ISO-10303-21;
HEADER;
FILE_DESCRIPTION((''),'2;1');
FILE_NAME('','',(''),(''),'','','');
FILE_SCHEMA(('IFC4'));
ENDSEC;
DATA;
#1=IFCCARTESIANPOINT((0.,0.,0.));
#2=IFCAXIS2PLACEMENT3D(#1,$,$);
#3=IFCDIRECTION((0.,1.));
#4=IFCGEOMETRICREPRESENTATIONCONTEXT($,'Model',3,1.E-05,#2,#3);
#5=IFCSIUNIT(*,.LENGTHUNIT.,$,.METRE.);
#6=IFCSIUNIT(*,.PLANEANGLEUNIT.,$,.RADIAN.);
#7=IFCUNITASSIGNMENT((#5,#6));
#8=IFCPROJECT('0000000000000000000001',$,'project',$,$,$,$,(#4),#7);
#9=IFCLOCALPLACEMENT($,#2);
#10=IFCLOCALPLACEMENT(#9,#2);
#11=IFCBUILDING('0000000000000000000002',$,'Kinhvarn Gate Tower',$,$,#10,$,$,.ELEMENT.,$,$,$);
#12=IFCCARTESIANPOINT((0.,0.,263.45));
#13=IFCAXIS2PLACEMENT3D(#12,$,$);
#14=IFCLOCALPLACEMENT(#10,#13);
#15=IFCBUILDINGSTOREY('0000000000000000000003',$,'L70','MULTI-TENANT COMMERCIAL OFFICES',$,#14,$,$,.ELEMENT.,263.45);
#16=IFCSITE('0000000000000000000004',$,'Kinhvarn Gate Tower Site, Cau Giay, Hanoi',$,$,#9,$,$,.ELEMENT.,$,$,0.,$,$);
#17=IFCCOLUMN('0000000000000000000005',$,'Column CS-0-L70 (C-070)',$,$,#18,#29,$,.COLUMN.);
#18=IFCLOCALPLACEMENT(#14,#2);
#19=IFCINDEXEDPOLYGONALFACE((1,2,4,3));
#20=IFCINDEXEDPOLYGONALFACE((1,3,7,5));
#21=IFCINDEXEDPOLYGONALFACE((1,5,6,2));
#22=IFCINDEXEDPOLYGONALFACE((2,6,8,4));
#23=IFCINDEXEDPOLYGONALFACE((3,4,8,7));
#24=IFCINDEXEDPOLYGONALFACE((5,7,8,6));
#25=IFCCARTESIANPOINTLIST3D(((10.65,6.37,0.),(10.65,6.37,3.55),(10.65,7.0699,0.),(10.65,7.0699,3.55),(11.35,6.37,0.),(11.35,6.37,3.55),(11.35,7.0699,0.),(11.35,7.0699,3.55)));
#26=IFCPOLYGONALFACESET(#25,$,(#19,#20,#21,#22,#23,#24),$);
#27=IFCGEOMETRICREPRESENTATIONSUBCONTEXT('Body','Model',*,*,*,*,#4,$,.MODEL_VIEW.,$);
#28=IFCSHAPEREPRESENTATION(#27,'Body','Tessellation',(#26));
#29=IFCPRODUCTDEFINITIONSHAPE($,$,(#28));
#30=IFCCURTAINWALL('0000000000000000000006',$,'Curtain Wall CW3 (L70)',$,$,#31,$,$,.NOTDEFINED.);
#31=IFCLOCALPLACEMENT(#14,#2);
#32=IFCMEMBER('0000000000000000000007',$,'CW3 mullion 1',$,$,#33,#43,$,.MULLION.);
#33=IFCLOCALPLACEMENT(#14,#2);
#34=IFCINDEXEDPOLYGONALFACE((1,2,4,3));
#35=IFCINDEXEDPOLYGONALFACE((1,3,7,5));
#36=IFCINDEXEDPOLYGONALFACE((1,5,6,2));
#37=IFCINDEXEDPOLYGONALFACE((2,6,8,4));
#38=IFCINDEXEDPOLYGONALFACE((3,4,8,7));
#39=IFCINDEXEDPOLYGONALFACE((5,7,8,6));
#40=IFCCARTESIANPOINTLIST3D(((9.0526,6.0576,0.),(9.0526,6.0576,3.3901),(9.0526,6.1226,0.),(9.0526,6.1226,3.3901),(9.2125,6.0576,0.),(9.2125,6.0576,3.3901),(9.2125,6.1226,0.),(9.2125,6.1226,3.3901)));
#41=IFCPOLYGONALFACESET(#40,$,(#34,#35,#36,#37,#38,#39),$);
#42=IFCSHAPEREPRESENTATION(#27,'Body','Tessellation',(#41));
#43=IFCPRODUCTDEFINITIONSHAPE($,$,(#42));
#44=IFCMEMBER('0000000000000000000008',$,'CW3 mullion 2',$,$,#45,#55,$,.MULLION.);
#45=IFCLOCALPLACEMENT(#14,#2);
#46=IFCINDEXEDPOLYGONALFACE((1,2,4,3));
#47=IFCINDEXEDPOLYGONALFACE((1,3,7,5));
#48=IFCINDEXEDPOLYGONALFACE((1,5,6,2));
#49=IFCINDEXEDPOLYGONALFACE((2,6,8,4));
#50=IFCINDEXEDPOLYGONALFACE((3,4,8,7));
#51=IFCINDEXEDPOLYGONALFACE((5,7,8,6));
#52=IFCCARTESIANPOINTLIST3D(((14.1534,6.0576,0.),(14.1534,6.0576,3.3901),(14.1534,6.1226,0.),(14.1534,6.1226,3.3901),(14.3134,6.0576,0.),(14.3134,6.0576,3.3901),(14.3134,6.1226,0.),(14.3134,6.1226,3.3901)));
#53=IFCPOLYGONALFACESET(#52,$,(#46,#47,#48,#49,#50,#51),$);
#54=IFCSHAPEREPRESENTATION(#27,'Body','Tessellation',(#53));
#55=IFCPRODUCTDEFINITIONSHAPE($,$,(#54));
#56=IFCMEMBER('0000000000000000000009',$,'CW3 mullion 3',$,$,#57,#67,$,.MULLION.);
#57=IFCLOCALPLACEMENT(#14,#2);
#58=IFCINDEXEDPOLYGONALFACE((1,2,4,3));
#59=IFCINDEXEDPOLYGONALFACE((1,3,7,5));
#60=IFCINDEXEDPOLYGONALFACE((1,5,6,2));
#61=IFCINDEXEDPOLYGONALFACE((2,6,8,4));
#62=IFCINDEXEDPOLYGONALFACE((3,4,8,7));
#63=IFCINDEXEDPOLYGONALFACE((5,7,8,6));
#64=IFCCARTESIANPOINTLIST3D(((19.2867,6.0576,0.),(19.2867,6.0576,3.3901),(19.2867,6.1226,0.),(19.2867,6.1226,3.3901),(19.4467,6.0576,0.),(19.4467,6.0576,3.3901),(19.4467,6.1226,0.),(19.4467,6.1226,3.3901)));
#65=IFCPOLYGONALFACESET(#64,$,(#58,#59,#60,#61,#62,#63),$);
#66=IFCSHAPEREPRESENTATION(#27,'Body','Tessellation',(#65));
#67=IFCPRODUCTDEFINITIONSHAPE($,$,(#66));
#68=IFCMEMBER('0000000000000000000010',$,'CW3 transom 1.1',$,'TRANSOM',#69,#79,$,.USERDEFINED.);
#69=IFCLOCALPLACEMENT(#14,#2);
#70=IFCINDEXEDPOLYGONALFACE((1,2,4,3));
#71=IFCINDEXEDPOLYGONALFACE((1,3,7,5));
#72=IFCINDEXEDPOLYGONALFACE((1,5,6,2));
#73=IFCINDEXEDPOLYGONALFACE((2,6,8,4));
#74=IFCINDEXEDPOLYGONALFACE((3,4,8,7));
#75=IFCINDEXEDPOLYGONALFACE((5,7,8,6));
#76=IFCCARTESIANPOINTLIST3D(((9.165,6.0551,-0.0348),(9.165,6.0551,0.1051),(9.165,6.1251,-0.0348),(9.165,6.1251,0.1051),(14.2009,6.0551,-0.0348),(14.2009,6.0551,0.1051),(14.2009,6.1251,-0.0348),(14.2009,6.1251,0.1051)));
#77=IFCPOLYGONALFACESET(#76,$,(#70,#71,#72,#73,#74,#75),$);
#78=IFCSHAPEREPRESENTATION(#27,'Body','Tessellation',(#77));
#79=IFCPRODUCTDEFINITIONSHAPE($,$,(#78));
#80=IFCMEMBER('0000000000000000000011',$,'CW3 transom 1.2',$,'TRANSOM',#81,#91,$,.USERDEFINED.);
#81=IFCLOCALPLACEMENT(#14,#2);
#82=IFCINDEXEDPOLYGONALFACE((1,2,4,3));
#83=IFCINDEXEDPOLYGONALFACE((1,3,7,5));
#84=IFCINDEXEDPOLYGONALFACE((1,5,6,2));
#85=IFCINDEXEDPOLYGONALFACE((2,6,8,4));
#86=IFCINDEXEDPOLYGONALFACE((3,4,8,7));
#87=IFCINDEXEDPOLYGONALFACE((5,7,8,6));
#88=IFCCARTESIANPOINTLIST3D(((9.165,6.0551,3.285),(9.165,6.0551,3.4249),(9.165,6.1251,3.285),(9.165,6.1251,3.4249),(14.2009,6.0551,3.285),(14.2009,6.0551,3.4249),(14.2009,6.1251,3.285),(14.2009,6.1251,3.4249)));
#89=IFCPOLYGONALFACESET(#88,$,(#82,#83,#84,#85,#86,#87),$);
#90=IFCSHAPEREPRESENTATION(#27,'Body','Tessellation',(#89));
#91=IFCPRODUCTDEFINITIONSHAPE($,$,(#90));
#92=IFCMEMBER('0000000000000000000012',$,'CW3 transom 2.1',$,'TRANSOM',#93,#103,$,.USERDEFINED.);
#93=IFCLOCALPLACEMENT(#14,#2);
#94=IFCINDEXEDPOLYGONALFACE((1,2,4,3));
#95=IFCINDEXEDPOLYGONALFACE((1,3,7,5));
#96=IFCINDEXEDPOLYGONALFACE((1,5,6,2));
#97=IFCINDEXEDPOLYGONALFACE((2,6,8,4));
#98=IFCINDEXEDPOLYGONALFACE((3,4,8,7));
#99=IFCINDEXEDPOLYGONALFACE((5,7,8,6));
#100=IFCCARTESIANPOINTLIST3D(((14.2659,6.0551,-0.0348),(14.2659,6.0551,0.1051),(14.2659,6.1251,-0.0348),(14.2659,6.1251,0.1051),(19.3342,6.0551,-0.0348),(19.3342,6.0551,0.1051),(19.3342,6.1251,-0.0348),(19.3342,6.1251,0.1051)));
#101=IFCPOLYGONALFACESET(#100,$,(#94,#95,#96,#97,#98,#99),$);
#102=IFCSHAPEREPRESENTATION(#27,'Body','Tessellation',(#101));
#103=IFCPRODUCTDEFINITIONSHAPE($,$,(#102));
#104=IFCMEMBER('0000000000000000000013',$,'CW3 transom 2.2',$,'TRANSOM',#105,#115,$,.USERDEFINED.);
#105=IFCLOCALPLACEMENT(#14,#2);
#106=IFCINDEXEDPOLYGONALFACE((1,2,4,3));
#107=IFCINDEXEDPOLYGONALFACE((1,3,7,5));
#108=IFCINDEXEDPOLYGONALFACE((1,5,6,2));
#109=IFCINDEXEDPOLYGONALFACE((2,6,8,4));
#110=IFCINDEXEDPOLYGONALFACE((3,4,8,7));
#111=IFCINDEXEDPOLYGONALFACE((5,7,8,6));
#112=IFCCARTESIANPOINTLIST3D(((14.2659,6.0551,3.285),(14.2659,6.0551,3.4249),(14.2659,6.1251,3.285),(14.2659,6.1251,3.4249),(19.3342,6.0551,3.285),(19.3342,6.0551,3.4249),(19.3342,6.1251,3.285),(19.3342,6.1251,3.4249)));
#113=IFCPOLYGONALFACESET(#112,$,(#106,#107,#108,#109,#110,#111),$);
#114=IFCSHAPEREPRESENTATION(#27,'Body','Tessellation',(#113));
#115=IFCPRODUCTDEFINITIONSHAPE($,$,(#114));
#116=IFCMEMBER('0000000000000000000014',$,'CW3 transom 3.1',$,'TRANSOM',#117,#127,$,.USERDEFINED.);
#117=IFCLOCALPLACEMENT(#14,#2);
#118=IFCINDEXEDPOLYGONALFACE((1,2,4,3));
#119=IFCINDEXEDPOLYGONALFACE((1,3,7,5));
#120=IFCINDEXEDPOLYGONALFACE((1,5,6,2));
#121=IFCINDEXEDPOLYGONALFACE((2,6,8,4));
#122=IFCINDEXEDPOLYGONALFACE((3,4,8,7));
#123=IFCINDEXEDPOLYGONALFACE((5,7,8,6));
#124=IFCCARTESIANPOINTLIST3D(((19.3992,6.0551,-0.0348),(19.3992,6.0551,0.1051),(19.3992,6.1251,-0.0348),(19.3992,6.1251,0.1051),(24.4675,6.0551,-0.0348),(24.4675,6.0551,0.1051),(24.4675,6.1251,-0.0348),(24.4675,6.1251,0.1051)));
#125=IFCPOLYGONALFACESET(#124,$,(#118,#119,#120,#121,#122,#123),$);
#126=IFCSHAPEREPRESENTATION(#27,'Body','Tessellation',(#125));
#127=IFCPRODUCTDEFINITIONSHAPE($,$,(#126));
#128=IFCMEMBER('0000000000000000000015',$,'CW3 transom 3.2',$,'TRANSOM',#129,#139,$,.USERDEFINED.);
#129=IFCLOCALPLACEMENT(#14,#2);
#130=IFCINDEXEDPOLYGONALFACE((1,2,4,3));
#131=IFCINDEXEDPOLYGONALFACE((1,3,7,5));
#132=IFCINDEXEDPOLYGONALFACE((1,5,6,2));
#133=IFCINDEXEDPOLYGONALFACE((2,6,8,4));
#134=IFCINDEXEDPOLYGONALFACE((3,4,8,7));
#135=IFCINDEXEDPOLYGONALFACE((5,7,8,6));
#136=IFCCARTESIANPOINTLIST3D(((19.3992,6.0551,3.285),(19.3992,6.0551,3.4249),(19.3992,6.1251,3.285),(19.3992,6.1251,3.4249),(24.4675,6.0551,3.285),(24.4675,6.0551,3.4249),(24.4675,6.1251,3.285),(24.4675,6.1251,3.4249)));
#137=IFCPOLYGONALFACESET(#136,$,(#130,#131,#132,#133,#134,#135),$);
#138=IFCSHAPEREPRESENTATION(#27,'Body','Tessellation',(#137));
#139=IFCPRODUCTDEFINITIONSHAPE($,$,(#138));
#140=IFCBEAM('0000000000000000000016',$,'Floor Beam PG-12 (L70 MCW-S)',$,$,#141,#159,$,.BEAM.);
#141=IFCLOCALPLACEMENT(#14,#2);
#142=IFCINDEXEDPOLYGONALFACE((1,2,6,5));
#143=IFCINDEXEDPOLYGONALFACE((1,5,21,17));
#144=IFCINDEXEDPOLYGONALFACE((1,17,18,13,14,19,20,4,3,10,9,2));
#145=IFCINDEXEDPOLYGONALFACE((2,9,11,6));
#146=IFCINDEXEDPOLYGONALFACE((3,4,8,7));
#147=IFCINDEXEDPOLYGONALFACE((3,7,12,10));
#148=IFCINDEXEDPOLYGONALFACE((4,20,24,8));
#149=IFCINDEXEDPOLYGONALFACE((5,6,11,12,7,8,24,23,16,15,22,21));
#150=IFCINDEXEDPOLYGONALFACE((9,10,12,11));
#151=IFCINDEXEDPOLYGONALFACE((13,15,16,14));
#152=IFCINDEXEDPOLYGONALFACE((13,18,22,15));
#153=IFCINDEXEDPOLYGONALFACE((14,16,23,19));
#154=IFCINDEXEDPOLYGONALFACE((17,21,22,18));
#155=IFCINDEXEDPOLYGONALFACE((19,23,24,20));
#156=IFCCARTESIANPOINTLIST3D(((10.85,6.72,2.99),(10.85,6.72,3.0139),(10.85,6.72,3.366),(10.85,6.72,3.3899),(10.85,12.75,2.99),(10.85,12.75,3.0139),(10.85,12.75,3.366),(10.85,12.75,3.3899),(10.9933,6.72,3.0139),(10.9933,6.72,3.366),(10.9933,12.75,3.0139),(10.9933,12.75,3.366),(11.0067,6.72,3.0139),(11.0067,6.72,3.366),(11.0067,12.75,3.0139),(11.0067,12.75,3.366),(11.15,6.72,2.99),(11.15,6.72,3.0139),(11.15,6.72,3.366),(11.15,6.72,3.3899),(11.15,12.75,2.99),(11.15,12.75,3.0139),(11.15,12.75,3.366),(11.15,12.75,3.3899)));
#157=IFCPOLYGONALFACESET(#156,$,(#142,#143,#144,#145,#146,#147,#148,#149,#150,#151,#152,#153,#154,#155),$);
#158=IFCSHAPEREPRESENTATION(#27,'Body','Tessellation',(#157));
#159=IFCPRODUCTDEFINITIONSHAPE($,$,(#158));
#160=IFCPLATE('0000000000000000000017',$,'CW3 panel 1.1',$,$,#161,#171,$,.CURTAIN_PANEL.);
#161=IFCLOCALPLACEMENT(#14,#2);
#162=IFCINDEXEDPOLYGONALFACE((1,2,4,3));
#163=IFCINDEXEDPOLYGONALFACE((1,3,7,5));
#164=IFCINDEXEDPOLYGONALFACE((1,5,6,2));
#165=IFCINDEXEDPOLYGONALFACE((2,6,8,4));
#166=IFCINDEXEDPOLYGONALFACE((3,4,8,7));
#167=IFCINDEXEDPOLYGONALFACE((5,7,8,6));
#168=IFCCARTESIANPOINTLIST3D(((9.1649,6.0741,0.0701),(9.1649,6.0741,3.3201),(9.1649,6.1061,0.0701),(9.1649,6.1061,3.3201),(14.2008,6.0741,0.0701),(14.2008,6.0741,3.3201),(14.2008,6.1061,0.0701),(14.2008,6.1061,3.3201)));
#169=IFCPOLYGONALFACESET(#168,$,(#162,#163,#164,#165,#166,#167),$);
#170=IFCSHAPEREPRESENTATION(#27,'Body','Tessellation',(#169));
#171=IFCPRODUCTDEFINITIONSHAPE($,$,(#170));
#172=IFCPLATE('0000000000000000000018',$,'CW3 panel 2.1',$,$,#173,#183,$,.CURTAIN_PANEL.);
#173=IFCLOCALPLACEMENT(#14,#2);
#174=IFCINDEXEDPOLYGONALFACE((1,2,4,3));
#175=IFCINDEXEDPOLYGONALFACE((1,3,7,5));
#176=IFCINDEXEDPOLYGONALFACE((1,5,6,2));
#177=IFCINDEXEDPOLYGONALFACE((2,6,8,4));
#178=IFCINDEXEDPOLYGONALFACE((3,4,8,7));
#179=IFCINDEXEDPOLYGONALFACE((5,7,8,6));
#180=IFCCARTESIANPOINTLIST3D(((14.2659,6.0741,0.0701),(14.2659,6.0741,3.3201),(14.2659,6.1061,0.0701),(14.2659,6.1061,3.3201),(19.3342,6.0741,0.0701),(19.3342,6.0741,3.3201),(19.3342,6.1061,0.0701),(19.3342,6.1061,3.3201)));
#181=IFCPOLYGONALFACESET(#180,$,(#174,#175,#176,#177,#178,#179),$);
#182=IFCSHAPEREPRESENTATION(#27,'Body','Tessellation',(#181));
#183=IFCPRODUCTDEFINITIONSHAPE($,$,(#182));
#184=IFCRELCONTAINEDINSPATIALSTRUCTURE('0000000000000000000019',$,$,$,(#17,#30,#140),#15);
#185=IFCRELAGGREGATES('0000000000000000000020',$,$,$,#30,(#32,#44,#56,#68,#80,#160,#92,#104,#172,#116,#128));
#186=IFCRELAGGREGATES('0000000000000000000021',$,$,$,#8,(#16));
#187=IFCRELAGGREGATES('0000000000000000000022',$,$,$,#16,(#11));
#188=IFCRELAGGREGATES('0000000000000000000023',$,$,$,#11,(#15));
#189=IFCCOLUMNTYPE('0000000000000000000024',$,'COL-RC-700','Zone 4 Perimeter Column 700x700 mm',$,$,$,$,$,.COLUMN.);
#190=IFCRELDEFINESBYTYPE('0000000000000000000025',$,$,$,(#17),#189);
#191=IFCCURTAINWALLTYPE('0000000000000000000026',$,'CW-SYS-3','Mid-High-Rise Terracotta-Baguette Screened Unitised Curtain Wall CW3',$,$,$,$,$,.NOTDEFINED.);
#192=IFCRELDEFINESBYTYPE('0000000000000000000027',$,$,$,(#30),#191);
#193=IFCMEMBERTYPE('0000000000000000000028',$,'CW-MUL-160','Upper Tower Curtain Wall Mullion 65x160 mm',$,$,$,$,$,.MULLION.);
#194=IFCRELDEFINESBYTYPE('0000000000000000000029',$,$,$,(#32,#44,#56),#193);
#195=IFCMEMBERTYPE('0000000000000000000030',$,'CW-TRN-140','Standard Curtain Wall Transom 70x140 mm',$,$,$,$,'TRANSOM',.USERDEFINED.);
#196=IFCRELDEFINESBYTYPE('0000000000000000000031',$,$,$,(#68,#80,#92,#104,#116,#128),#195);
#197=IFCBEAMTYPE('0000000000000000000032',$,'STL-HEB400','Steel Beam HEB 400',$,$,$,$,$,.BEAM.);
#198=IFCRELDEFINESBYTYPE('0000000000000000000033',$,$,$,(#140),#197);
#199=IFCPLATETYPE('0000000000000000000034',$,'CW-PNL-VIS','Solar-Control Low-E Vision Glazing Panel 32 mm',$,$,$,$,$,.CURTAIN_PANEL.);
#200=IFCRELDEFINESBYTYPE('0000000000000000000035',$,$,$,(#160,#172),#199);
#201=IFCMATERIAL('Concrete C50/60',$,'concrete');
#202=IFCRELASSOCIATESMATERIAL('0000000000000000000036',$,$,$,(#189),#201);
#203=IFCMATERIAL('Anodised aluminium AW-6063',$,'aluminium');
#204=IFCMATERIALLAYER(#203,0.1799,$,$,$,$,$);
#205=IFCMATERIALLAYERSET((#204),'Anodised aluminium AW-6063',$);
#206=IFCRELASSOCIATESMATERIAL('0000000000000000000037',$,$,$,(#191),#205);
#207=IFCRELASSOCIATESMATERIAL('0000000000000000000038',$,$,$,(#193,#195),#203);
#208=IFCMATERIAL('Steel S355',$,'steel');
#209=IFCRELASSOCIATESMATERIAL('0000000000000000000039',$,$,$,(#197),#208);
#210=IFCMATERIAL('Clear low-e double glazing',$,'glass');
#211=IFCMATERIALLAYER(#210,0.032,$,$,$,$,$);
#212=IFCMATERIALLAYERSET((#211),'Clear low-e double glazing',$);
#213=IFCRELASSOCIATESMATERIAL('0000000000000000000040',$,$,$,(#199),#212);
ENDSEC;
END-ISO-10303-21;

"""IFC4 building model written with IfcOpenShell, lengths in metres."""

from ifc_helpers import new_model, si_unit, direction, frame, origin, origin_2d, place, context, subcontext, project, spatial, rectangle, i_section, extrude, material, layer, layer_set, material_profile, profile_set, type_object, element, aggregate, save


model = new_model("IFC4")

# Units and contexts
model_context = context("Model", 3, precision=1e-05, world=origin(), true_north=direction((0.0, 1.0)))
body_context = subcontext(model_context, "Body", "Model", "MODEL_VIEW")
ifc_project = project(units=[si_unit("LENGTHUNIT", "METRE"), si_unit("PLANEANGLEUNIT", "RADIAN")], contexts=[model_context])

# Site, building, storey
site_placement = place(None, origin())
site = spatial("IfcSite", under=ifc_project, at=site_placement, Name="Kinhvarn Gate Tower Site, Cau Giay, Hanoi", CompositionType="ELEMENT", RefElevation=0.0)
building_placement = place(site_placement, origin())
building = spatial("IfcBuilding", under=site, at=building_placement, Name="Kinhvarn Gate Tower", CompositionType="ELEMENT")
storey_placement = place(building_placement, frame((0.0, 0.0, 263.45)))
storey = spatial("IfcBuildingStorey", under=building, at=storey_placement, Name="L70", Description="MULTI-TENANT COMMERCIAL OFFICES", CompositionType="ELEMENT", Elevation=263.45)

# Column
ifc_material_1 = material(Name="Concrete C50/60", Category="concrete")
ifc_material_profile_1 = material_profile(ifc_material_1, rectangle(XDim=0.7, YDim=0.7, at=origin_2d()), Name="RC 700x700")
ifc_profile_set_1 = profile_set([ifc_material_profile_1], Name="Concrete C50/60")
column_type = type_object("IfcColumnType", Name="COL-RC-700", Description="Zone 4 Perimeter Column 700x700 mm", PredefinedType="COLUMN", material=ifc_profile_set_1)
column_placement = place(storey_placement, frame((11.0, 6.72, 0.0), z_axis=(0.0, 0.0, 1.0), x_axis=(1.0, 0.0, 0.0)))
element("IfcColumn", 1, at=column_placement, inside=storey, type_object=column_type, Name="Column CS-0-L70 (C-070)", PredefinedType="COLUMN", context=body_context, shape_type="SweptSolid", body=[
    extrude(rectangle(XDim=0.7, YDim=0.7, at=origin_2d()), origin(), (0.0, 0.0, 1.0), 3.55),
])

# Curtain wall, members
ifc_material_2 = material(Name="Anodised aluminium AW-6063", Category="aluminium")
ifc_layer_1 = layer(ifc_material_2, 0.1799)
ifc_layer_set_1 = layer_set([ifc_layer_1], Name="Anodised aluminium AW-6063")
curtain_wall_type = type_object("IfcCurtainWallType", Name="CW-SYS-3", Description="Mid-High-Rise Terracotta-Baguette Screened Unitised Curtain Wall CW3", PredefinedType="NOTDEFINED", material=ifc_layer_set_1)
curtain_wall_placement = place(storey_placement, origin())
curtain_wall = element("IfcCurtainWall", 2, at=curtain_wall_placement, inside=storey, type_object=curtain_wall_type, Name="Curtain Wall CW3 (L70)", PredefinedType="NOTDEFINED")
ifc_material_profile_2 = material_profile(ifc_material_2, rectangle(XDim=0.0649, YDim=0.1599, at=origin_2d()), Name="ALU 65x160")
ifc_profile_set_2 = profile_set([ifc_material_profile_2], Name="Anodised aluminium AW-6063")
member_type_1 = type_object("IfcMemberType", Name="CW-MUL-160", Description="Upper Tower Curtain Wall Mullion 65x160 mm", PredefinedType="MULLION", material=ifc_profile_set_2)
member_1_placement = place(storey_placement, frame((9.1326, 6.0901, 0.0), z_axis=(0.0, 0.0, 1.0), x_axis=(0.0, 1.0, 0.0)))
member_1 = element("IfcMember", 3, at=member_1_placement, type_object=member_type_1, Name="CW3 mullion 1", PredefinedType="MULLION", context=body_context, shape_type="SweptSolid", body=[
    extrude(rectangle(XDim=0.0649, YDim=0.1599, at=origin_2d()), origin(), (0.0, 0.0, 1.0), 3.3901),
])
member_2_placement = place(storey_placement, frame((14.2334, 6.0901, 0.0), z_axis=(0.0, 0.0, 1.0), x_axis=(0.0, 1.0, 0.0)))
member_2 = element("IfcMember", 4, at=member_2_placement, type_object=member_type_1, Name="CW3 mullion 2", PredefinedType="MULLION", context=body_context, shape_type="SweptSolid", body=[
    extrude(rectangle(XDim=0.0649, YDim=0.1599, at=origin_2d()), origin(), (0.0, 0.0, 1.0), 3.3901),
])
member_3_placement = place(storey_placement, frame((19.3667, 6.0901, 0.0), z_axis=(0.0, 0.0, 1.0), x_axis=(0.0, 1.0, 0.0)))
member_3 = element("IfcMember", 5, at=member_3_placement, type_object=member_type_1, Name="CW3 mullion 3", PredefinedType="MULLION", context=body_context, shape_type="SweptSolid", body=[
    extrude(rectangle(XDim=0.0649, YDim=0.1599, at=origin_2d()), origin(), (0.0, 0.0, 1.0), 3.3901),
])
ifc_material_profile_3 = material_profile(ifc_material_2, rectangle(XDim=0.0701, YDim=0.1399, at=origin_2d()), Name="ALU 70x140")
ifc_profile_set_3 = profile_set([ifc_material_profile_3], Name="Anodised aluminium AW-6063")
member_type_2 = type_object("IfcMemberType", Name="CW-TRN-140", Description="Standard Curtain Wall Transom 70x140 mm", ElementType="TRANSOM", PredefinedType="USERDEFINED", material=ifc_profile_set_3)
member_4_placement = place(storey_placement, frame((9.165, 6.0901, 0.0352), z_axis=(1.0, 0.0, 0.0), x_axis=(0.0, 1.0, 0.0)))
member_4 = element("IfcMember", 6, at=member_4_placement, type_object=member_type_2, Name="CW3 transom 1.1", ObjectType="TRANSOM", PredefinedType="USERDEFINED", context=body_context, shape_type="SweptSolid", body=[
    extrude(rectangle(XDim=0.0701, YDim=0.1399, at=origin_2d()), origin(), (0.0, 0.0, 1.0), 5.0359),
])
member_5_placement = place(storey_placement, frame((9.165, 6.0901, 3.355), z_axis=(1.0, 0.0, 0.0), x_axis=(0.0, 1.0, 0.0)))
member_5 = element("IfcMember", 7, at=member_5_placement, type_object=member_type_2, Name="CW3 transom 1.2", ObjectType="TRANSOM", PredefinedType="USERDEFINED", context=body_context, shape_type="SweptSolid", body=[
    extrude(rectangle(XDim=0.0701, YDim=0.1399, at=origin_2d()), origin(), (0.0, 0.0, 1.0), 5.0359),
])
member_6_placement = place(storey_placement, frame((14.2659, 6.0901, 0.0352), z_axis=(1.0, 0.0, 0.0), x_axis=(0.0, 1.0, 0.0)))
member_6 = element("IfcMember", 8, at=member_6_placement, type_object=member_type_2, Name="CW3 transom 2.1", ObjectType="TRANSOM", PredefinedType="USERDEFINED", context=body_context, shape_type="SweptSolid", body=[
    extrude(rectangle(XDim=0.0701, YDim=0.1399, at=origin_2d()), origin(), (0.0, 0.0, 1.0), 5.0684),
])
member_7_placement = place(storey_placement, frame((14.2659, 6.0901, 3.355), z_axis=(1.0, 0.0, 0.0), x_axis=(0.0, 1.0, 0.0)))
member_7 = element("IfcMember", 9, at=member_7_placement, type_object=member_type_2, Name="CW3 transom 2.2", ObjectType="TRANSOM", PredefinedType="USERDEFINED", context=body_context, shape_type="SweptSolid", body=[
    extrude(rectangle(XDim=0.0701, YDim=0.1399, at=origin_2d()), origin(), (0.0, 0.0, 1.0), 5.0684),
])
member_8_placement = place(storey_placement, frame((19.3992, 6.0901, 0.0352), z_axis=(1.0, 0.0, 0.0), x_axis=(0.0, 1.0, 0.0)))
member_8 = element("IfcMember", 10, at=member_8_placement, type_object=member_type_2, Name="CW3 transom 3.1", ObjectType="TRANSOM", PredefinedType="USERDEFINED", context=body_context, shape_type="SweptSolid", body=[
    extrude(rectangle(XDim=0.0701, YDim=0.1399, at=origin_2d()), origin(), (0.0, 0.0, 1.0), 5.0684),
])
member_9_placement = place(storey_placement, frame((19.3992, 6.0901, 3.355), z_axis=(1.0, 0.0, 0.0), x_axis=(0.0, 1.0, 0.0)))
member_9 = element("IfcMember", 11, at=member_9_placement, type_object=member_type_2, Name="CW3 transom 3.2", ObjectType="TRANSOM", PredefinedType="USERDEFINED", context=body_context, shape_type="SweptSolid", body=[
    extrude(rectangle(XDim=0.0701, YDim=0.1399, at=origin_2d()), origin(), (0.0, 0.0, 1.0), 5.0684),
])

# Beam
ifc_material_3 = material(Name="Steel S355", Category="steel")
ifc_material_profile_4 = material_profile(ifc_material_3, i_section(OverallWidth=0.3, OverallDepth=0.3999, WebThickness=0.0134, FlangeThickness=0.0239, at=origin_2d()), Name="HEB 400")
ifc_profile_set_4 = profile_set([ifc_material_profile_4], Name="Steel S355")
beam_type = type_object("IfcBeamType", Name="STL-HEB400", Description="Steel Beam HEB 400", PredefinedType="BEAM", material=ifc_profile_set_4)
beam_placement = place(storey_placement, frame((11.0, 6.72, 3.1899), z_axis=(0.0, 1.0, 0.0), x_axis=(-1.0, 0.0, 0.0)))
element("IfcBeam", 12, at=beam_placement, inside=storey, type_object=beam_type, Name="Floor Beam PG-12 (L70 MCW-S)", PredefinedType="BEAM", context=body_context, shape_type="SweptSolid", body=[
    extrude(i_section(OverallWidth=0.3, OverallDepth=0.3999, WebThickness=0.0134, FlangeThickness=0.0239, at=origin_2d()), origin(), (0.0, 0.0, 1.0), 6.03),
])

# Plates
ifc_material_4 = material(Name="Clear low-e double glazing", Category="glass")
ifc_layer_2 = layer(ifc_material_4, 0.032)
ifc_layer_set_2 = layer_set([ifc_layer_2], Name="Clear low-e double glazing")
plate_type = type_object("IfcPlateType", Name="CW-PNL-VIS", Description="Solar-Control Low-E Vision Glazing Panel 32 mm", PredefinedType="CURTAIN_PANEL", material=ifc_layer_set_2)
plate_1_placement = place(storey_placement, frame((11.6829, 6.0901, 0.0701), z_axis=(0.0, 0.0, 1.0), x_axis=(1.0, 0.0, 0.0)))
plate_1 = element("IfcPlate", 13, at=plate_1_placement, type_object=plate_type, Name="CW3 panel 1.1", PredefinedType="CURTAIN_PANEL", context=body_context, shape_type="SweptSolid", body=[
    extrude(rectangle(XDim=5.0359, YDim=0.032, at=origin_2d()), origin(), (0.0, 0.0, 1.0), 3.25),
])
plate_2_placement = place(storey_placement, frame((16.8, 6.0901, 0.0701), z_axis=(0.0, 0.0, 1.0), x_axis=(1.0, 0.0, 0.0)))
plate_2 = element("IfcPlate", 14, at=plate_2_placement, type_object=plate_type, Name="CW3 panel 2.1", PredefinedType="CURTAIN_PANEL", context=body_context, shape_type="SweptSolid", body=[
    extrude(rectangle(XDim=5.0684, YDim=0.032, at=origin_2d()), origin(), (0.0, 0.0, 1.0), 3.25),
])
aggregate(curtain_wall, [member_1, member_2, member_3, member_4, member_5, plate_1, member_6, member_7, plate_2, member_8, member_9])

save(model, "model.ifc")
